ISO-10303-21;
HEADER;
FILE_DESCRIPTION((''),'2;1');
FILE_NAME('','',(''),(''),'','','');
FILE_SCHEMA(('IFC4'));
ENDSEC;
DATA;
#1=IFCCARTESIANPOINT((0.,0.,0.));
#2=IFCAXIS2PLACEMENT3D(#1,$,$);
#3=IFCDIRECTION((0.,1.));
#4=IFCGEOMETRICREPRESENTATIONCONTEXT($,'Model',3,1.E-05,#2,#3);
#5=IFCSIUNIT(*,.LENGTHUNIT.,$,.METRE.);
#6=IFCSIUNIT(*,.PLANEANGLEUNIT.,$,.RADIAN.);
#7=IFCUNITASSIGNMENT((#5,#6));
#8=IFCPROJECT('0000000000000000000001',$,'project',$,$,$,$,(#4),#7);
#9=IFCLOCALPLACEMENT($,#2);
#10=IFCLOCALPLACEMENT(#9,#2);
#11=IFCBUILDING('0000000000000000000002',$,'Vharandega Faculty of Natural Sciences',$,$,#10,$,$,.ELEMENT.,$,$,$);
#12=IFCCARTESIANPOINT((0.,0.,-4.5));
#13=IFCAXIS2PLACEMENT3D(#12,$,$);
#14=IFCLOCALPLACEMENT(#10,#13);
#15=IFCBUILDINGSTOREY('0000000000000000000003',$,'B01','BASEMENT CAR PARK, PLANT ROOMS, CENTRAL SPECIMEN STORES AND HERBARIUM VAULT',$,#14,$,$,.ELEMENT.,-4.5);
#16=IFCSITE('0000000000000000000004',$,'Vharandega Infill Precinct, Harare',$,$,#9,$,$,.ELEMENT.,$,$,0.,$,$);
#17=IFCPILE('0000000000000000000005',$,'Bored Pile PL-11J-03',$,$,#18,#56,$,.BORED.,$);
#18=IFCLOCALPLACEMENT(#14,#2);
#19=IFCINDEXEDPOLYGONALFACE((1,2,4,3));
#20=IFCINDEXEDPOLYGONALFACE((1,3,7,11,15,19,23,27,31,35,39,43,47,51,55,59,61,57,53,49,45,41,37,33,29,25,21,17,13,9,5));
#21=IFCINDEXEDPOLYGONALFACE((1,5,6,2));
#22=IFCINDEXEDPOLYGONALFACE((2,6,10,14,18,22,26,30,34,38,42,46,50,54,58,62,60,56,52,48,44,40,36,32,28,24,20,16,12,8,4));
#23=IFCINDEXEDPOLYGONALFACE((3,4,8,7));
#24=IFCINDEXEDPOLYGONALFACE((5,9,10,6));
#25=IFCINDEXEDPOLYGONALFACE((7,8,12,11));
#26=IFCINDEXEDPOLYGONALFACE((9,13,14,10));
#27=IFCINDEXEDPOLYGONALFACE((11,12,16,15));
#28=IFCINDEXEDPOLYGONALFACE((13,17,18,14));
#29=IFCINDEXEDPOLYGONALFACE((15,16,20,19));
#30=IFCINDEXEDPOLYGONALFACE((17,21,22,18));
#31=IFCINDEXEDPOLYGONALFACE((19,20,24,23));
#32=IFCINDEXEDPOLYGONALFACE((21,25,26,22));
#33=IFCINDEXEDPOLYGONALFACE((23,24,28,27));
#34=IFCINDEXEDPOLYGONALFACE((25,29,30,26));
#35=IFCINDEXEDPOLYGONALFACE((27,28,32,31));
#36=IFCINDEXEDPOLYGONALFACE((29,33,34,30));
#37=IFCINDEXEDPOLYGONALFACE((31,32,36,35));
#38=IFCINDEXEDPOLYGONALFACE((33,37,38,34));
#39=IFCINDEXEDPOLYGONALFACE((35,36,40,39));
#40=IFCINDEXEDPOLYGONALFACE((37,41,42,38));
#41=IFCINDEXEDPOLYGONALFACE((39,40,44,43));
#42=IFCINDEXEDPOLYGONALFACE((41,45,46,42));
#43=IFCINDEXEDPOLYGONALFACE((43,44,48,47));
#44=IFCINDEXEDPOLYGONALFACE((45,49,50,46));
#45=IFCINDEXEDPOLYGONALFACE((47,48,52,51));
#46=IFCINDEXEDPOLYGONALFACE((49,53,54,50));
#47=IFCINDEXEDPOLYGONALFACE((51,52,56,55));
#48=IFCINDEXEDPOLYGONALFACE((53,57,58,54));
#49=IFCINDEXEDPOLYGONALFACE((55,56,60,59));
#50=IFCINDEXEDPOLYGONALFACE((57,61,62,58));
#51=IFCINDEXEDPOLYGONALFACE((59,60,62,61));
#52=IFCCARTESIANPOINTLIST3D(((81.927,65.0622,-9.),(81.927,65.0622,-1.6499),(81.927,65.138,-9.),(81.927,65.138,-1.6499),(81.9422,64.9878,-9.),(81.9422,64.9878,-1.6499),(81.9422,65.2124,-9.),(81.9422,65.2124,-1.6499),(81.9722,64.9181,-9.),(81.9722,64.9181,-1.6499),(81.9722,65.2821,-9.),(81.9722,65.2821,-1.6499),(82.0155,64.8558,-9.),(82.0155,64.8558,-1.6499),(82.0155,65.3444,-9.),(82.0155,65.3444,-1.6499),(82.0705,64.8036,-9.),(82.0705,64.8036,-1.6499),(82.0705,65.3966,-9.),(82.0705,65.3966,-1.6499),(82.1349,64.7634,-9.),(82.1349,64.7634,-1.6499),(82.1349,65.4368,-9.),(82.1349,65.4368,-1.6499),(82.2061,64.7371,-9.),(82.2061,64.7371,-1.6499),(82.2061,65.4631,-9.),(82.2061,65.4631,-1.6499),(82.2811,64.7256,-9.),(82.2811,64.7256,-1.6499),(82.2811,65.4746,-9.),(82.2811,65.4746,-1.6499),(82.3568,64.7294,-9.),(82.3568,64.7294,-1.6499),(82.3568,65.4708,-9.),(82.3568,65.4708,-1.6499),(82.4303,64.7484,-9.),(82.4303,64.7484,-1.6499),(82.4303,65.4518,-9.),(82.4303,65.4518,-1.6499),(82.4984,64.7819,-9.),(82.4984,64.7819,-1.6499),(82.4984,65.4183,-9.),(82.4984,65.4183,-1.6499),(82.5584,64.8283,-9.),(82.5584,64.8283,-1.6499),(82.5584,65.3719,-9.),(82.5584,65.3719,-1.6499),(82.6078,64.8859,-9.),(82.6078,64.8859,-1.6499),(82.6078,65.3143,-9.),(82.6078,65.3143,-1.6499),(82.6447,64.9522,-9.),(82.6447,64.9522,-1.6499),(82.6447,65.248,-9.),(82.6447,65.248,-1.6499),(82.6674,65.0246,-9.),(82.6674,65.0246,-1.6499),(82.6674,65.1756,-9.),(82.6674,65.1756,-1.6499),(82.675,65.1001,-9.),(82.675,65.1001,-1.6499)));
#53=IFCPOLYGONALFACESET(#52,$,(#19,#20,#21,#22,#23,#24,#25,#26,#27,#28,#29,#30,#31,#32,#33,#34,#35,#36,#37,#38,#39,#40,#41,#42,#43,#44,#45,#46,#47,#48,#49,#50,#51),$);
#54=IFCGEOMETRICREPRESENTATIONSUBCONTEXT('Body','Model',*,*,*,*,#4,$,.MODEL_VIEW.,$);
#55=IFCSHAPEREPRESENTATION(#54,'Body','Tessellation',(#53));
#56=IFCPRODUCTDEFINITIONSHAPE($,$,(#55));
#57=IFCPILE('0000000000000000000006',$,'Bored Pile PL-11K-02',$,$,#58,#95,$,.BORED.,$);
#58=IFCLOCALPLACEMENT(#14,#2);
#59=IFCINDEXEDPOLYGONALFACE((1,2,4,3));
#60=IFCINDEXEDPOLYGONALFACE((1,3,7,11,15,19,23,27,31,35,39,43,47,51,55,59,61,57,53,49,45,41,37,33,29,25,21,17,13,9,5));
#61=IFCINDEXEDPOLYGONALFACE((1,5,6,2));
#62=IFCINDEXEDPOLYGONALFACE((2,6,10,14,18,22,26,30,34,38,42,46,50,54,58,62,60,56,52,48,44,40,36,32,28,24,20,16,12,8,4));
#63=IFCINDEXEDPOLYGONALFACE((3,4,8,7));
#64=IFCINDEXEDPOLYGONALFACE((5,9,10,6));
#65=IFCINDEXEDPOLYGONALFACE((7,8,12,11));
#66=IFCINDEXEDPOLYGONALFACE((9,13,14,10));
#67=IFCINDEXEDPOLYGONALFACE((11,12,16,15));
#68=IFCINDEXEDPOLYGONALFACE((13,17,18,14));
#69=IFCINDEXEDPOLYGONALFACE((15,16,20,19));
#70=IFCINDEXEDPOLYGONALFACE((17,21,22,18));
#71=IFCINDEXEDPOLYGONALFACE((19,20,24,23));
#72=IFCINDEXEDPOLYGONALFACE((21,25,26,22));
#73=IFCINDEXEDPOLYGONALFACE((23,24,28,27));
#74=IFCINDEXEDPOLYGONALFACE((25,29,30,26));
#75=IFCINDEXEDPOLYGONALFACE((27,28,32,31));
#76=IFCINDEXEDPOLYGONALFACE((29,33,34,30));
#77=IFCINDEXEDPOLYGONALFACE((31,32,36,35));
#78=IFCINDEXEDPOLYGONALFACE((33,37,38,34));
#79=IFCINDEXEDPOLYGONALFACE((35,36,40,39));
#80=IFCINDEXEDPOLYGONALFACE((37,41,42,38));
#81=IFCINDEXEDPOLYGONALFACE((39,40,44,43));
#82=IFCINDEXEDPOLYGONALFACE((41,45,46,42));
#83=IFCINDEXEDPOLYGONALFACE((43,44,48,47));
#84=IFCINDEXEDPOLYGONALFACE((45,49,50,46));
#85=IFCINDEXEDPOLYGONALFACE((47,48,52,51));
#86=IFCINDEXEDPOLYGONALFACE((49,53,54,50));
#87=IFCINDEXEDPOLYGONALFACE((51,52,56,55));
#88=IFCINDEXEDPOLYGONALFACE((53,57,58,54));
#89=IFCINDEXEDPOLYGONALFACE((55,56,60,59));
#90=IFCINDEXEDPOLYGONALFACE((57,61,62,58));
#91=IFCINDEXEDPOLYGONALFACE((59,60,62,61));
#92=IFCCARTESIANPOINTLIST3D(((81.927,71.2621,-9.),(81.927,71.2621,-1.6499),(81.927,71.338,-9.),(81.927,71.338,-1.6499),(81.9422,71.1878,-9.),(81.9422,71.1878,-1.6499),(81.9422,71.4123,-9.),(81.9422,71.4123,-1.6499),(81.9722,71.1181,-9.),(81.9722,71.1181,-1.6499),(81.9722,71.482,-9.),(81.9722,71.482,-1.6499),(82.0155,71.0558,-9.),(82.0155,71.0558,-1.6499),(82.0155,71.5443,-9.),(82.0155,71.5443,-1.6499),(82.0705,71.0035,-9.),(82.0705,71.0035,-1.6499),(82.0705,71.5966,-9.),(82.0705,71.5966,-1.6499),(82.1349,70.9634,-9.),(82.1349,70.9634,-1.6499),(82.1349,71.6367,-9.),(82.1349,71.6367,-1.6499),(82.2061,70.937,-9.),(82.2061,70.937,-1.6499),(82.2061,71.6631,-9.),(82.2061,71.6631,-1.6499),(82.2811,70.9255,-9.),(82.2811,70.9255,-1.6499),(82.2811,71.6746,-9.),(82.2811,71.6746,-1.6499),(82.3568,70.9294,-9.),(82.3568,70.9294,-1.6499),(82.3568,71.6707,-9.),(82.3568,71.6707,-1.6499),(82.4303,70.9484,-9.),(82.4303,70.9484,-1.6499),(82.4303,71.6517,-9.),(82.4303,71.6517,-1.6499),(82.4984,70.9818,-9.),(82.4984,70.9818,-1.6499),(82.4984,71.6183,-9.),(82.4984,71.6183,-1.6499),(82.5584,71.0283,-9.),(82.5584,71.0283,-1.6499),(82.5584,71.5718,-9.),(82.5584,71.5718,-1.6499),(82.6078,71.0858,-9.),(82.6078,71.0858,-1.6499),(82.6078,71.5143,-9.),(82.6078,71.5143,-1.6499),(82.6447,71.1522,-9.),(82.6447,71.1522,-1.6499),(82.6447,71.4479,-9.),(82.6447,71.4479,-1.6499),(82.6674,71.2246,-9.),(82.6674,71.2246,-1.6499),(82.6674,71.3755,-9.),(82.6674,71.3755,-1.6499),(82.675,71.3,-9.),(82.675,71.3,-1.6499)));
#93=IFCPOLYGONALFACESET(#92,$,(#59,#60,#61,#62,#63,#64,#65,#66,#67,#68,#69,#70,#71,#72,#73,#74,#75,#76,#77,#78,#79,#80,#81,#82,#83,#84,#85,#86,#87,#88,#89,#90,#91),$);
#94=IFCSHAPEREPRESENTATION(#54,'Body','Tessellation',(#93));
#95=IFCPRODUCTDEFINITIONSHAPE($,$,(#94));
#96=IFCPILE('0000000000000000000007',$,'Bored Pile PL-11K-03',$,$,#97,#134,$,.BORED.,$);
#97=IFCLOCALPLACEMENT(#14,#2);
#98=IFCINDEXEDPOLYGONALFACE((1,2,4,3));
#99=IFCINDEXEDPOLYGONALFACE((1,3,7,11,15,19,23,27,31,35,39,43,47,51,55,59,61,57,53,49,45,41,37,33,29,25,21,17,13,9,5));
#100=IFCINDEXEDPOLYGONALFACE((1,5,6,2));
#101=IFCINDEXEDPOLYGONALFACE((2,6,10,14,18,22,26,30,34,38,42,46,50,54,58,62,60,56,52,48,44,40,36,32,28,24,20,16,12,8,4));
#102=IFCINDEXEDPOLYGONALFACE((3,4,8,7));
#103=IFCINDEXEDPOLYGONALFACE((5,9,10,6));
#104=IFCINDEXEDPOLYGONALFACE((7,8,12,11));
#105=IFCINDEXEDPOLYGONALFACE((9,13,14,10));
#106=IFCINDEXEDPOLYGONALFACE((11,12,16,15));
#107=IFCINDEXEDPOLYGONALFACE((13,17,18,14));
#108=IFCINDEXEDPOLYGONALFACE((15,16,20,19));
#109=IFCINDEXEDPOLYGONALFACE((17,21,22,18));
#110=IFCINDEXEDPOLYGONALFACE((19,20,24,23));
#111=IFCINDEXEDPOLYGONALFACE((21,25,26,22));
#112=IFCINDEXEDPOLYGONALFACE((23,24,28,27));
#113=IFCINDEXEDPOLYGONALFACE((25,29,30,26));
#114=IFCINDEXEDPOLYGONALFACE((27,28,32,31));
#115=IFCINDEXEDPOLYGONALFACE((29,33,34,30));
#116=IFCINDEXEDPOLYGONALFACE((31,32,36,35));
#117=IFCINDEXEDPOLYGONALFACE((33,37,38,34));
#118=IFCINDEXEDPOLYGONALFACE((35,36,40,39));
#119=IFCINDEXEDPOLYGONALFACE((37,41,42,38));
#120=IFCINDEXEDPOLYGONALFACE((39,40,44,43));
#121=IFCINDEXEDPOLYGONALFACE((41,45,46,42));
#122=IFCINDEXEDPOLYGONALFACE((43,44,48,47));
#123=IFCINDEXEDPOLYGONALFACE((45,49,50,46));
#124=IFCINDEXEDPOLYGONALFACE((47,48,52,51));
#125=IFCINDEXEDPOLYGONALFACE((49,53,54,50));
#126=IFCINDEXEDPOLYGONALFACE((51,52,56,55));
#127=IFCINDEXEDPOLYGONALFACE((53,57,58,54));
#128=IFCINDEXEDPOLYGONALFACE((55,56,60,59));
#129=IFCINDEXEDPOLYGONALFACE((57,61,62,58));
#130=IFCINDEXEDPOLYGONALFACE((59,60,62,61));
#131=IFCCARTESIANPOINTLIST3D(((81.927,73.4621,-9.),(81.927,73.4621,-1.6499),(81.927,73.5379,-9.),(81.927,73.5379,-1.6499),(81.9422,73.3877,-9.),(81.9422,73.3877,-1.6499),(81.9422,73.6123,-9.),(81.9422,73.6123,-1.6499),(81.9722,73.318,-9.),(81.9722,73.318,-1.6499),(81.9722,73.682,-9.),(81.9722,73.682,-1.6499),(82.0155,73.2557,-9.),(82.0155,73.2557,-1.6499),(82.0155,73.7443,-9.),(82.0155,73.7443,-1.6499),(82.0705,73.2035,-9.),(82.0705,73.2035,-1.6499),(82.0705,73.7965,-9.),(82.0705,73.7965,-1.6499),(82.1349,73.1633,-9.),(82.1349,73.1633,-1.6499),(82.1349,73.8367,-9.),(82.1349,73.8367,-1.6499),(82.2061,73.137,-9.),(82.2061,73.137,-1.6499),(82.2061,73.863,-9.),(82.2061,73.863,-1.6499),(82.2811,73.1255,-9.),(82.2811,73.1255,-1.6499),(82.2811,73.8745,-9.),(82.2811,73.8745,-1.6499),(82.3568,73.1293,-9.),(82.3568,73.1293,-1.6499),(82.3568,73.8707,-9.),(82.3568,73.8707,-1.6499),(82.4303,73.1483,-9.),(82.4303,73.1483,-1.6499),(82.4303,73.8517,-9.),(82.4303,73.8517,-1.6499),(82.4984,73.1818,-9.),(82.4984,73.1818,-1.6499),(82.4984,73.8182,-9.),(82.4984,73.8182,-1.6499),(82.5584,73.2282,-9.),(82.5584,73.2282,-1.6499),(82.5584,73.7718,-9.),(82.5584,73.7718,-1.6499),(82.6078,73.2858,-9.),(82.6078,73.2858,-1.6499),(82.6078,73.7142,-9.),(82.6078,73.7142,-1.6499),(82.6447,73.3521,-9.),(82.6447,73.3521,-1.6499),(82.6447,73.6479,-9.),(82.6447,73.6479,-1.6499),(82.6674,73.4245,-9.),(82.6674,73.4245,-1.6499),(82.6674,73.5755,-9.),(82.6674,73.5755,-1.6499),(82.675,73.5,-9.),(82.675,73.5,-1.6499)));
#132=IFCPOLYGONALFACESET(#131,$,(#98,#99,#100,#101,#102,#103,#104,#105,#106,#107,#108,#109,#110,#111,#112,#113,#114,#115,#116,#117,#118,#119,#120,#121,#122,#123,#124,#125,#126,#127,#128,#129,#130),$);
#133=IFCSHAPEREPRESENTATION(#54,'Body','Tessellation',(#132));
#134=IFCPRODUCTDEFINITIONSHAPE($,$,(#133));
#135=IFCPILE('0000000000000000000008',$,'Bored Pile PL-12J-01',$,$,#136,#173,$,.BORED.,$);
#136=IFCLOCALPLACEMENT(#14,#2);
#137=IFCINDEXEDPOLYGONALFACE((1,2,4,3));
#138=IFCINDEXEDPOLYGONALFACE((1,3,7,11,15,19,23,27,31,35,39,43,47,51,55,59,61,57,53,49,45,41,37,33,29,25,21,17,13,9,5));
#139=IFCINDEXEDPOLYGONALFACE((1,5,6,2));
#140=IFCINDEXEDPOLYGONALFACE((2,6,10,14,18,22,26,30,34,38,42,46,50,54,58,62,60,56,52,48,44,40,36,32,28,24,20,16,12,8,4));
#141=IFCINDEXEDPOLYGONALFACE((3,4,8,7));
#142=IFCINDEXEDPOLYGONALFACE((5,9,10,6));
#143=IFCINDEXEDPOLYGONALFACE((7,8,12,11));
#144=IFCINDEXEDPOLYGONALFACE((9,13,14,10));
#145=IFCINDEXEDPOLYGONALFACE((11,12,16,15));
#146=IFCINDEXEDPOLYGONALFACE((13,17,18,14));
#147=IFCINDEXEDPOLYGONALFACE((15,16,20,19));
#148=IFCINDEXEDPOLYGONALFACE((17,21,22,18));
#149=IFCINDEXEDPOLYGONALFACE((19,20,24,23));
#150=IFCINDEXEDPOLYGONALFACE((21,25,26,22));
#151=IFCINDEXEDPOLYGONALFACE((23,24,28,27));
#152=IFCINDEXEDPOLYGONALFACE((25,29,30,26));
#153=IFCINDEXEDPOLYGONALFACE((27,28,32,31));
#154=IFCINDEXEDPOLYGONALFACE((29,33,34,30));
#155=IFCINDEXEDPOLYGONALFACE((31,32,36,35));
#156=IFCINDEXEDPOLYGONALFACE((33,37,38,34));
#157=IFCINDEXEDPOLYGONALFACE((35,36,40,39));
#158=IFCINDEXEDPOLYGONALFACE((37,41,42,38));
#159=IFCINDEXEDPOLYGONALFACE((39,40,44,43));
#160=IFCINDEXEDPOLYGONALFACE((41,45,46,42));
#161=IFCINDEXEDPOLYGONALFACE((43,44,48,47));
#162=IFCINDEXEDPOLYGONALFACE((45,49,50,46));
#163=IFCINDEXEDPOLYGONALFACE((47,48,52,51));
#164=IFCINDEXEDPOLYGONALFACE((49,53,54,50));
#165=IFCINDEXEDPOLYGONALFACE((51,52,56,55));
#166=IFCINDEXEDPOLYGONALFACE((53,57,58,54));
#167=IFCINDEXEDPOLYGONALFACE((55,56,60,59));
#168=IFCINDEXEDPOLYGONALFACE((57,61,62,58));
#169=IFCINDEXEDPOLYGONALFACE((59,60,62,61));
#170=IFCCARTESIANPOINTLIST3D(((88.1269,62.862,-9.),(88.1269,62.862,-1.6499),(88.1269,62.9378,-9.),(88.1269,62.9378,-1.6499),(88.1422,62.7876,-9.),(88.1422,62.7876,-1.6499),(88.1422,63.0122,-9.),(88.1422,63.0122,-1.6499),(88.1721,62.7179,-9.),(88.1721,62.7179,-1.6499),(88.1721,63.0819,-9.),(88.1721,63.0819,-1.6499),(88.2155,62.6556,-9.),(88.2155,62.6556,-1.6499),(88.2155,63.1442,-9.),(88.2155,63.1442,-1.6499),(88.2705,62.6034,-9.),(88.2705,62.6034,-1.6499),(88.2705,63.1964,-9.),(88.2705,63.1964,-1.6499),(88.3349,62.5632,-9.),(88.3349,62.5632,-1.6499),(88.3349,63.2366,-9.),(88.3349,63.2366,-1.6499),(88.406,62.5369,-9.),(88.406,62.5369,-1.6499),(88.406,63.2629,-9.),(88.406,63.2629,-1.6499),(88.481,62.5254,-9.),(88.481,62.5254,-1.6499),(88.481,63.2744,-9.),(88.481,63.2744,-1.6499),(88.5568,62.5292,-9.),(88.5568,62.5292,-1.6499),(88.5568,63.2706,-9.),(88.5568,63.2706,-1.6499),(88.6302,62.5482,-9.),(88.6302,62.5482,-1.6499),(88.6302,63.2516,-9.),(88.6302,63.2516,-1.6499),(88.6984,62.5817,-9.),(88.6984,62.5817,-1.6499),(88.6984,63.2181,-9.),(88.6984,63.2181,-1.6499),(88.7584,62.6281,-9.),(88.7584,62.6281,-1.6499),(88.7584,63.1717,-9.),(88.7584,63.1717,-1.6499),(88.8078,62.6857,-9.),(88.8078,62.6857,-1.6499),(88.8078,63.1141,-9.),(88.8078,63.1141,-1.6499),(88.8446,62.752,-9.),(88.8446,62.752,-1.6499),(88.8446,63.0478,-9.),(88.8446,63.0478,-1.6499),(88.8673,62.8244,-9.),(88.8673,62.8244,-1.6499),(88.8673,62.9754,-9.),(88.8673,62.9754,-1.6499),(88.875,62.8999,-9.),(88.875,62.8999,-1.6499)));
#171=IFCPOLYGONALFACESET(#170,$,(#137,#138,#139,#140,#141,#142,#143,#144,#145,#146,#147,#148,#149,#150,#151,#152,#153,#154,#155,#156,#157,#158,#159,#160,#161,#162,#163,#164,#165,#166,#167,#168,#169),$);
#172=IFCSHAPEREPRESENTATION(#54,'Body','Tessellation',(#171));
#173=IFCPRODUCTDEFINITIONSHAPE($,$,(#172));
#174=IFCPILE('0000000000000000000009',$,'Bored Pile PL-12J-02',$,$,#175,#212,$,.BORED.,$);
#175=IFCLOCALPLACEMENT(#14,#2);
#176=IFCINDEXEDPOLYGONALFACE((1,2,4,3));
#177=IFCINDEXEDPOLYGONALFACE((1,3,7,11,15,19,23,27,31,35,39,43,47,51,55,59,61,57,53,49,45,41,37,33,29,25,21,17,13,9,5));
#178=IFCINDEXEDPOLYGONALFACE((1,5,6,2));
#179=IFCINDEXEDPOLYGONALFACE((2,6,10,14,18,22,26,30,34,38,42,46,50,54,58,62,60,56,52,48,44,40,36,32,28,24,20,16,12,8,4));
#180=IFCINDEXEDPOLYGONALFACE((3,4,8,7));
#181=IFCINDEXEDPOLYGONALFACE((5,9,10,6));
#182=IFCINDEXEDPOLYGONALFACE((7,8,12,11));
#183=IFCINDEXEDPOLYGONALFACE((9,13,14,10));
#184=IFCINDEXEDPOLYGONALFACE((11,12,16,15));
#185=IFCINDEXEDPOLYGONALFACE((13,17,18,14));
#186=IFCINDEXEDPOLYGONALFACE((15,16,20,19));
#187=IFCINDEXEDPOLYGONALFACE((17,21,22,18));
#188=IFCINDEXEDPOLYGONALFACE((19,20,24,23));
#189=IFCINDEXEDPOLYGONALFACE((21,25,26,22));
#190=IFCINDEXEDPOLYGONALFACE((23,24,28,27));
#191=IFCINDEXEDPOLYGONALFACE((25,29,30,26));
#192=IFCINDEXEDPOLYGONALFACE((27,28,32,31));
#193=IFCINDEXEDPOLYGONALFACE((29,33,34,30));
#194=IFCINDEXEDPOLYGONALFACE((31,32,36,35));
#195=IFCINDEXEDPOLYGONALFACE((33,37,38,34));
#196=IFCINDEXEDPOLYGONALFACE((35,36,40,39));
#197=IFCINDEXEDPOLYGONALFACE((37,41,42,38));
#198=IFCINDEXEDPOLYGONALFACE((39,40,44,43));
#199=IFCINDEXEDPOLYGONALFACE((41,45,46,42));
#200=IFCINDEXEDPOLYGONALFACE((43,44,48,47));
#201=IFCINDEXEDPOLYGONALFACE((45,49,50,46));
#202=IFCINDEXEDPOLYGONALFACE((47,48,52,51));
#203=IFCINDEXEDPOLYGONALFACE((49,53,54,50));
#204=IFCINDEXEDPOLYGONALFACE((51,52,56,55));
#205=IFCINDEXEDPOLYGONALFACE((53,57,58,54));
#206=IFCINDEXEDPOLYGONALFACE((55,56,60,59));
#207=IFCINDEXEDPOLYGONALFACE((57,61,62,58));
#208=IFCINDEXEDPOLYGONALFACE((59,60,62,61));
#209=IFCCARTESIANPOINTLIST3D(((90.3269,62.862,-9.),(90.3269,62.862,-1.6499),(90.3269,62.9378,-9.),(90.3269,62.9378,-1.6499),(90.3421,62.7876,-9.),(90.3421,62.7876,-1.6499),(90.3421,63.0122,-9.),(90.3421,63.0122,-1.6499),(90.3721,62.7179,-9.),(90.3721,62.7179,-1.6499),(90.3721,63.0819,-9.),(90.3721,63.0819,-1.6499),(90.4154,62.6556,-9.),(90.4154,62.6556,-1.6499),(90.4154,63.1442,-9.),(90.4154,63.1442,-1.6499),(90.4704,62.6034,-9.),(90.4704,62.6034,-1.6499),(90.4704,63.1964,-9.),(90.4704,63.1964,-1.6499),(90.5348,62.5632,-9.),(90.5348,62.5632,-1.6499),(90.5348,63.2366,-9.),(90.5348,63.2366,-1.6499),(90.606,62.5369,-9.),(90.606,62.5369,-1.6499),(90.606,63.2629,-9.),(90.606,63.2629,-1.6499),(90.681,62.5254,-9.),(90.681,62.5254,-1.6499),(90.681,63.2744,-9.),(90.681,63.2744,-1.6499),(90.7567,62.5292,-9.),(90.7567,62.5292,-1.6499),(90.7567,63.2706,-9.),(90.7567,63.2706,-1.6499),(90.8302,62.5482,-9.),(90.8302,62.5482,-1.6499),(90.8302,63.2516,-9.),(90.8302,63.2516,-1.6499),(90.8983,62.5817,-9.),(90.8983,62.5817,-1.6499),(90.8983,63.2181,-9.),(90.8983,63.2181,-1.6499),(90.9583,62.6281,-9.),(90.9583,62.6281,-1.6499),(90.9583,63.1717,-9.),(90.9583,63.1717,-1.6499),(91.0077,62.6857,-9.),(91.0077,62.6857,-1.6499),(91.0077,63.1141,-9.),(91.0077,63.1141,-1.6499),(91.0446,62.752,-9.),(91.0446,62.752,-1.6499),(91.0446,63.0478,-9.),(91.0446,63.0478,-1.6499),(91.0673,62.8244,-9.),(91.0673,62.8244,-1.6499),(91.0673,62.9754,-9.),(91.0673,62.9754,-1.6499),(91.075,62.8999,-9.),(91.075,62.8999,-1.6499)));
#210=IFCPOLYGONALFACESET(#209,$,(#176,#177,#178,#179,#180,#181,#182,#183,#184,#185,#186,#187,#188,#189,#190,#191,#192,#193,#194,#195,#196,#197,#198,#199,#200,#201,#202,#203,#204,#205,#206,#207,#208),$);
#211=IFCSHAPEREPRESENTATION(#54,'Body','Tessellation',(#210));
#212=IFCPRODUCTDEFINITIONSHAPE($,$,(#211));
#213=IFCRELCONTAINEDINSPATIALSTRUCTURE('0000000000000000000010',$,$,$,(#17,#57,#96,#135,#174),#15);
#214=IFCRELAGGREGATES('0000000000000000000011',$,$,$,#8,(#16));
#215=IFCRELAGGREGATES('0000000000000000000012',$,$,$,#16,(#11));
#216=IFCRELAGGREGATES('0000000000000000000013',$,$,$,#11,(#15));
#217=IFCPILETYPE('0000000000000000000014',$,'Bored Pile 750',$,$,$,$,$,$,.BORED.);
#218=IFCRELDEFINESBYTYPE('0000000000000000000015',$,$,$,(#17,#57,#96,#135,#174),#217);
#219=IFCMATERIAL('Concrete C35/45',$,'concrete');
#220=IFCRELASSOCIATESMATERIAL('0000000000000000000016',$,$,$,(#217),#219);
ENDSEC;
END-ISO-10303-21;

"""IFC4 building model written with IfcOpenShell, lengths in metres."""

from ifc_helpers import new_model, si_unit, direction, frame, origin, origin_2d, place, context, subcontext, project, spatial, circle, extrude, material, material_profile, profile_set, type_object, element, save


model = new_model("IFC4")

# Units and contexts
model_context = context("Model", 3, precision=1e-05, world=origin(), true_north=direction((0.0, 1.0)))
body_context = subcontext(model_context, "Body", "Model", "MODEL_VIEW")
ifc_project = project(units=[si_unit("LENGTHUNIT", "METRE"), si_unit("PLANEANGLEUNIT", "RADIAN")], contexts=[model_context])

# Site, building, storey
site_placement = place(None, origin())
site = spatial("IfcSite", under=ifc_project, at=site_placement, Name="Vharandega Infill Precinct, Harare", CompositionType="ELEMENT", RefElevation=0.0)
building_placement = place(site_placement, origin())
building = spatial("IfcBuilding", under=site, at=building_placement, Name="Vharandega Faculty of Natural Sciences", CompositionType="ELEMENT")
storey_placement = place(building_placement, frame((0.0, 0.0, -4.5)))
storey = spatial("IfcBuildingStorey", under=building, at=storey_placement, Name="B01", Description="BASEMENT CAR PARK, PLANT ROOMS, CENTRAL SPECIMEN STORES AND HERBARIUM VAULT", CompositionType="ELEMENT", Elevation=-4.5)

# Piles
ifc_material_1 = material(Name="Concrete C35/45", Category="concrete")
ifc_material_profile_1 = material_profile(ifc_material_1, circle(Radius=0.375, at=origin_2d()), Name="PILE 750")
ifc_profile_set_1 = profile_set([ifc_material_profile_1], Name="Concrete C35/45")
pile_type_1 = type_object("IfcPileType", Name="Bored Pile 750", PredefinedType="BORED", material=ifc_profile_set_1)
for number, where, z_axis, x_axis, name in (
    (1, (82.3, 65.1001, -1.6499), (0.0, 0.0, -1.0), (1.0, 0.0, 0.0), "Bored Pile PL-11J-03"),
    (2, (82.3, 71.3, -1.6499), (0.0, 0.0, -1.0), (1.0, 0.0, 0.0), "Bored Pile PL-11K-02"),
    (3, (82.3, 73.5, -1.6499), (0.0, 0.0, -1.0), (1.0, 0.0, 0.0), "Bored Pile PL-11K-03"),
    (4, (88.5, 62.8999, -1.6499), (0.0, 0.0, -1.0), (1.0, 0.0, 0.0), "Bored Pile PL-12J-01"),
    (5, (90.7, 62.8999, -1.6499), (0.0, 0.0, -1.0), (1.0, 0.0, 0.0), "Bored Pile PL-12J-02"),
):
    element("IfcPile", number, at=place(storey_placement, frame(where, z_axis=z_axis, x_axis=x_axis)), inside=storey, type_object=pile_type_1, Name=name, PredefinedType="BORED", context=body_context, shape_type="SweptSolid", body=[
        extrude(circle(Radius=0.375, at=origin_2d()), origin(), (0.0, 0.0, 1.0), 7.3501),
    ])

save(model, "model.ifc")
